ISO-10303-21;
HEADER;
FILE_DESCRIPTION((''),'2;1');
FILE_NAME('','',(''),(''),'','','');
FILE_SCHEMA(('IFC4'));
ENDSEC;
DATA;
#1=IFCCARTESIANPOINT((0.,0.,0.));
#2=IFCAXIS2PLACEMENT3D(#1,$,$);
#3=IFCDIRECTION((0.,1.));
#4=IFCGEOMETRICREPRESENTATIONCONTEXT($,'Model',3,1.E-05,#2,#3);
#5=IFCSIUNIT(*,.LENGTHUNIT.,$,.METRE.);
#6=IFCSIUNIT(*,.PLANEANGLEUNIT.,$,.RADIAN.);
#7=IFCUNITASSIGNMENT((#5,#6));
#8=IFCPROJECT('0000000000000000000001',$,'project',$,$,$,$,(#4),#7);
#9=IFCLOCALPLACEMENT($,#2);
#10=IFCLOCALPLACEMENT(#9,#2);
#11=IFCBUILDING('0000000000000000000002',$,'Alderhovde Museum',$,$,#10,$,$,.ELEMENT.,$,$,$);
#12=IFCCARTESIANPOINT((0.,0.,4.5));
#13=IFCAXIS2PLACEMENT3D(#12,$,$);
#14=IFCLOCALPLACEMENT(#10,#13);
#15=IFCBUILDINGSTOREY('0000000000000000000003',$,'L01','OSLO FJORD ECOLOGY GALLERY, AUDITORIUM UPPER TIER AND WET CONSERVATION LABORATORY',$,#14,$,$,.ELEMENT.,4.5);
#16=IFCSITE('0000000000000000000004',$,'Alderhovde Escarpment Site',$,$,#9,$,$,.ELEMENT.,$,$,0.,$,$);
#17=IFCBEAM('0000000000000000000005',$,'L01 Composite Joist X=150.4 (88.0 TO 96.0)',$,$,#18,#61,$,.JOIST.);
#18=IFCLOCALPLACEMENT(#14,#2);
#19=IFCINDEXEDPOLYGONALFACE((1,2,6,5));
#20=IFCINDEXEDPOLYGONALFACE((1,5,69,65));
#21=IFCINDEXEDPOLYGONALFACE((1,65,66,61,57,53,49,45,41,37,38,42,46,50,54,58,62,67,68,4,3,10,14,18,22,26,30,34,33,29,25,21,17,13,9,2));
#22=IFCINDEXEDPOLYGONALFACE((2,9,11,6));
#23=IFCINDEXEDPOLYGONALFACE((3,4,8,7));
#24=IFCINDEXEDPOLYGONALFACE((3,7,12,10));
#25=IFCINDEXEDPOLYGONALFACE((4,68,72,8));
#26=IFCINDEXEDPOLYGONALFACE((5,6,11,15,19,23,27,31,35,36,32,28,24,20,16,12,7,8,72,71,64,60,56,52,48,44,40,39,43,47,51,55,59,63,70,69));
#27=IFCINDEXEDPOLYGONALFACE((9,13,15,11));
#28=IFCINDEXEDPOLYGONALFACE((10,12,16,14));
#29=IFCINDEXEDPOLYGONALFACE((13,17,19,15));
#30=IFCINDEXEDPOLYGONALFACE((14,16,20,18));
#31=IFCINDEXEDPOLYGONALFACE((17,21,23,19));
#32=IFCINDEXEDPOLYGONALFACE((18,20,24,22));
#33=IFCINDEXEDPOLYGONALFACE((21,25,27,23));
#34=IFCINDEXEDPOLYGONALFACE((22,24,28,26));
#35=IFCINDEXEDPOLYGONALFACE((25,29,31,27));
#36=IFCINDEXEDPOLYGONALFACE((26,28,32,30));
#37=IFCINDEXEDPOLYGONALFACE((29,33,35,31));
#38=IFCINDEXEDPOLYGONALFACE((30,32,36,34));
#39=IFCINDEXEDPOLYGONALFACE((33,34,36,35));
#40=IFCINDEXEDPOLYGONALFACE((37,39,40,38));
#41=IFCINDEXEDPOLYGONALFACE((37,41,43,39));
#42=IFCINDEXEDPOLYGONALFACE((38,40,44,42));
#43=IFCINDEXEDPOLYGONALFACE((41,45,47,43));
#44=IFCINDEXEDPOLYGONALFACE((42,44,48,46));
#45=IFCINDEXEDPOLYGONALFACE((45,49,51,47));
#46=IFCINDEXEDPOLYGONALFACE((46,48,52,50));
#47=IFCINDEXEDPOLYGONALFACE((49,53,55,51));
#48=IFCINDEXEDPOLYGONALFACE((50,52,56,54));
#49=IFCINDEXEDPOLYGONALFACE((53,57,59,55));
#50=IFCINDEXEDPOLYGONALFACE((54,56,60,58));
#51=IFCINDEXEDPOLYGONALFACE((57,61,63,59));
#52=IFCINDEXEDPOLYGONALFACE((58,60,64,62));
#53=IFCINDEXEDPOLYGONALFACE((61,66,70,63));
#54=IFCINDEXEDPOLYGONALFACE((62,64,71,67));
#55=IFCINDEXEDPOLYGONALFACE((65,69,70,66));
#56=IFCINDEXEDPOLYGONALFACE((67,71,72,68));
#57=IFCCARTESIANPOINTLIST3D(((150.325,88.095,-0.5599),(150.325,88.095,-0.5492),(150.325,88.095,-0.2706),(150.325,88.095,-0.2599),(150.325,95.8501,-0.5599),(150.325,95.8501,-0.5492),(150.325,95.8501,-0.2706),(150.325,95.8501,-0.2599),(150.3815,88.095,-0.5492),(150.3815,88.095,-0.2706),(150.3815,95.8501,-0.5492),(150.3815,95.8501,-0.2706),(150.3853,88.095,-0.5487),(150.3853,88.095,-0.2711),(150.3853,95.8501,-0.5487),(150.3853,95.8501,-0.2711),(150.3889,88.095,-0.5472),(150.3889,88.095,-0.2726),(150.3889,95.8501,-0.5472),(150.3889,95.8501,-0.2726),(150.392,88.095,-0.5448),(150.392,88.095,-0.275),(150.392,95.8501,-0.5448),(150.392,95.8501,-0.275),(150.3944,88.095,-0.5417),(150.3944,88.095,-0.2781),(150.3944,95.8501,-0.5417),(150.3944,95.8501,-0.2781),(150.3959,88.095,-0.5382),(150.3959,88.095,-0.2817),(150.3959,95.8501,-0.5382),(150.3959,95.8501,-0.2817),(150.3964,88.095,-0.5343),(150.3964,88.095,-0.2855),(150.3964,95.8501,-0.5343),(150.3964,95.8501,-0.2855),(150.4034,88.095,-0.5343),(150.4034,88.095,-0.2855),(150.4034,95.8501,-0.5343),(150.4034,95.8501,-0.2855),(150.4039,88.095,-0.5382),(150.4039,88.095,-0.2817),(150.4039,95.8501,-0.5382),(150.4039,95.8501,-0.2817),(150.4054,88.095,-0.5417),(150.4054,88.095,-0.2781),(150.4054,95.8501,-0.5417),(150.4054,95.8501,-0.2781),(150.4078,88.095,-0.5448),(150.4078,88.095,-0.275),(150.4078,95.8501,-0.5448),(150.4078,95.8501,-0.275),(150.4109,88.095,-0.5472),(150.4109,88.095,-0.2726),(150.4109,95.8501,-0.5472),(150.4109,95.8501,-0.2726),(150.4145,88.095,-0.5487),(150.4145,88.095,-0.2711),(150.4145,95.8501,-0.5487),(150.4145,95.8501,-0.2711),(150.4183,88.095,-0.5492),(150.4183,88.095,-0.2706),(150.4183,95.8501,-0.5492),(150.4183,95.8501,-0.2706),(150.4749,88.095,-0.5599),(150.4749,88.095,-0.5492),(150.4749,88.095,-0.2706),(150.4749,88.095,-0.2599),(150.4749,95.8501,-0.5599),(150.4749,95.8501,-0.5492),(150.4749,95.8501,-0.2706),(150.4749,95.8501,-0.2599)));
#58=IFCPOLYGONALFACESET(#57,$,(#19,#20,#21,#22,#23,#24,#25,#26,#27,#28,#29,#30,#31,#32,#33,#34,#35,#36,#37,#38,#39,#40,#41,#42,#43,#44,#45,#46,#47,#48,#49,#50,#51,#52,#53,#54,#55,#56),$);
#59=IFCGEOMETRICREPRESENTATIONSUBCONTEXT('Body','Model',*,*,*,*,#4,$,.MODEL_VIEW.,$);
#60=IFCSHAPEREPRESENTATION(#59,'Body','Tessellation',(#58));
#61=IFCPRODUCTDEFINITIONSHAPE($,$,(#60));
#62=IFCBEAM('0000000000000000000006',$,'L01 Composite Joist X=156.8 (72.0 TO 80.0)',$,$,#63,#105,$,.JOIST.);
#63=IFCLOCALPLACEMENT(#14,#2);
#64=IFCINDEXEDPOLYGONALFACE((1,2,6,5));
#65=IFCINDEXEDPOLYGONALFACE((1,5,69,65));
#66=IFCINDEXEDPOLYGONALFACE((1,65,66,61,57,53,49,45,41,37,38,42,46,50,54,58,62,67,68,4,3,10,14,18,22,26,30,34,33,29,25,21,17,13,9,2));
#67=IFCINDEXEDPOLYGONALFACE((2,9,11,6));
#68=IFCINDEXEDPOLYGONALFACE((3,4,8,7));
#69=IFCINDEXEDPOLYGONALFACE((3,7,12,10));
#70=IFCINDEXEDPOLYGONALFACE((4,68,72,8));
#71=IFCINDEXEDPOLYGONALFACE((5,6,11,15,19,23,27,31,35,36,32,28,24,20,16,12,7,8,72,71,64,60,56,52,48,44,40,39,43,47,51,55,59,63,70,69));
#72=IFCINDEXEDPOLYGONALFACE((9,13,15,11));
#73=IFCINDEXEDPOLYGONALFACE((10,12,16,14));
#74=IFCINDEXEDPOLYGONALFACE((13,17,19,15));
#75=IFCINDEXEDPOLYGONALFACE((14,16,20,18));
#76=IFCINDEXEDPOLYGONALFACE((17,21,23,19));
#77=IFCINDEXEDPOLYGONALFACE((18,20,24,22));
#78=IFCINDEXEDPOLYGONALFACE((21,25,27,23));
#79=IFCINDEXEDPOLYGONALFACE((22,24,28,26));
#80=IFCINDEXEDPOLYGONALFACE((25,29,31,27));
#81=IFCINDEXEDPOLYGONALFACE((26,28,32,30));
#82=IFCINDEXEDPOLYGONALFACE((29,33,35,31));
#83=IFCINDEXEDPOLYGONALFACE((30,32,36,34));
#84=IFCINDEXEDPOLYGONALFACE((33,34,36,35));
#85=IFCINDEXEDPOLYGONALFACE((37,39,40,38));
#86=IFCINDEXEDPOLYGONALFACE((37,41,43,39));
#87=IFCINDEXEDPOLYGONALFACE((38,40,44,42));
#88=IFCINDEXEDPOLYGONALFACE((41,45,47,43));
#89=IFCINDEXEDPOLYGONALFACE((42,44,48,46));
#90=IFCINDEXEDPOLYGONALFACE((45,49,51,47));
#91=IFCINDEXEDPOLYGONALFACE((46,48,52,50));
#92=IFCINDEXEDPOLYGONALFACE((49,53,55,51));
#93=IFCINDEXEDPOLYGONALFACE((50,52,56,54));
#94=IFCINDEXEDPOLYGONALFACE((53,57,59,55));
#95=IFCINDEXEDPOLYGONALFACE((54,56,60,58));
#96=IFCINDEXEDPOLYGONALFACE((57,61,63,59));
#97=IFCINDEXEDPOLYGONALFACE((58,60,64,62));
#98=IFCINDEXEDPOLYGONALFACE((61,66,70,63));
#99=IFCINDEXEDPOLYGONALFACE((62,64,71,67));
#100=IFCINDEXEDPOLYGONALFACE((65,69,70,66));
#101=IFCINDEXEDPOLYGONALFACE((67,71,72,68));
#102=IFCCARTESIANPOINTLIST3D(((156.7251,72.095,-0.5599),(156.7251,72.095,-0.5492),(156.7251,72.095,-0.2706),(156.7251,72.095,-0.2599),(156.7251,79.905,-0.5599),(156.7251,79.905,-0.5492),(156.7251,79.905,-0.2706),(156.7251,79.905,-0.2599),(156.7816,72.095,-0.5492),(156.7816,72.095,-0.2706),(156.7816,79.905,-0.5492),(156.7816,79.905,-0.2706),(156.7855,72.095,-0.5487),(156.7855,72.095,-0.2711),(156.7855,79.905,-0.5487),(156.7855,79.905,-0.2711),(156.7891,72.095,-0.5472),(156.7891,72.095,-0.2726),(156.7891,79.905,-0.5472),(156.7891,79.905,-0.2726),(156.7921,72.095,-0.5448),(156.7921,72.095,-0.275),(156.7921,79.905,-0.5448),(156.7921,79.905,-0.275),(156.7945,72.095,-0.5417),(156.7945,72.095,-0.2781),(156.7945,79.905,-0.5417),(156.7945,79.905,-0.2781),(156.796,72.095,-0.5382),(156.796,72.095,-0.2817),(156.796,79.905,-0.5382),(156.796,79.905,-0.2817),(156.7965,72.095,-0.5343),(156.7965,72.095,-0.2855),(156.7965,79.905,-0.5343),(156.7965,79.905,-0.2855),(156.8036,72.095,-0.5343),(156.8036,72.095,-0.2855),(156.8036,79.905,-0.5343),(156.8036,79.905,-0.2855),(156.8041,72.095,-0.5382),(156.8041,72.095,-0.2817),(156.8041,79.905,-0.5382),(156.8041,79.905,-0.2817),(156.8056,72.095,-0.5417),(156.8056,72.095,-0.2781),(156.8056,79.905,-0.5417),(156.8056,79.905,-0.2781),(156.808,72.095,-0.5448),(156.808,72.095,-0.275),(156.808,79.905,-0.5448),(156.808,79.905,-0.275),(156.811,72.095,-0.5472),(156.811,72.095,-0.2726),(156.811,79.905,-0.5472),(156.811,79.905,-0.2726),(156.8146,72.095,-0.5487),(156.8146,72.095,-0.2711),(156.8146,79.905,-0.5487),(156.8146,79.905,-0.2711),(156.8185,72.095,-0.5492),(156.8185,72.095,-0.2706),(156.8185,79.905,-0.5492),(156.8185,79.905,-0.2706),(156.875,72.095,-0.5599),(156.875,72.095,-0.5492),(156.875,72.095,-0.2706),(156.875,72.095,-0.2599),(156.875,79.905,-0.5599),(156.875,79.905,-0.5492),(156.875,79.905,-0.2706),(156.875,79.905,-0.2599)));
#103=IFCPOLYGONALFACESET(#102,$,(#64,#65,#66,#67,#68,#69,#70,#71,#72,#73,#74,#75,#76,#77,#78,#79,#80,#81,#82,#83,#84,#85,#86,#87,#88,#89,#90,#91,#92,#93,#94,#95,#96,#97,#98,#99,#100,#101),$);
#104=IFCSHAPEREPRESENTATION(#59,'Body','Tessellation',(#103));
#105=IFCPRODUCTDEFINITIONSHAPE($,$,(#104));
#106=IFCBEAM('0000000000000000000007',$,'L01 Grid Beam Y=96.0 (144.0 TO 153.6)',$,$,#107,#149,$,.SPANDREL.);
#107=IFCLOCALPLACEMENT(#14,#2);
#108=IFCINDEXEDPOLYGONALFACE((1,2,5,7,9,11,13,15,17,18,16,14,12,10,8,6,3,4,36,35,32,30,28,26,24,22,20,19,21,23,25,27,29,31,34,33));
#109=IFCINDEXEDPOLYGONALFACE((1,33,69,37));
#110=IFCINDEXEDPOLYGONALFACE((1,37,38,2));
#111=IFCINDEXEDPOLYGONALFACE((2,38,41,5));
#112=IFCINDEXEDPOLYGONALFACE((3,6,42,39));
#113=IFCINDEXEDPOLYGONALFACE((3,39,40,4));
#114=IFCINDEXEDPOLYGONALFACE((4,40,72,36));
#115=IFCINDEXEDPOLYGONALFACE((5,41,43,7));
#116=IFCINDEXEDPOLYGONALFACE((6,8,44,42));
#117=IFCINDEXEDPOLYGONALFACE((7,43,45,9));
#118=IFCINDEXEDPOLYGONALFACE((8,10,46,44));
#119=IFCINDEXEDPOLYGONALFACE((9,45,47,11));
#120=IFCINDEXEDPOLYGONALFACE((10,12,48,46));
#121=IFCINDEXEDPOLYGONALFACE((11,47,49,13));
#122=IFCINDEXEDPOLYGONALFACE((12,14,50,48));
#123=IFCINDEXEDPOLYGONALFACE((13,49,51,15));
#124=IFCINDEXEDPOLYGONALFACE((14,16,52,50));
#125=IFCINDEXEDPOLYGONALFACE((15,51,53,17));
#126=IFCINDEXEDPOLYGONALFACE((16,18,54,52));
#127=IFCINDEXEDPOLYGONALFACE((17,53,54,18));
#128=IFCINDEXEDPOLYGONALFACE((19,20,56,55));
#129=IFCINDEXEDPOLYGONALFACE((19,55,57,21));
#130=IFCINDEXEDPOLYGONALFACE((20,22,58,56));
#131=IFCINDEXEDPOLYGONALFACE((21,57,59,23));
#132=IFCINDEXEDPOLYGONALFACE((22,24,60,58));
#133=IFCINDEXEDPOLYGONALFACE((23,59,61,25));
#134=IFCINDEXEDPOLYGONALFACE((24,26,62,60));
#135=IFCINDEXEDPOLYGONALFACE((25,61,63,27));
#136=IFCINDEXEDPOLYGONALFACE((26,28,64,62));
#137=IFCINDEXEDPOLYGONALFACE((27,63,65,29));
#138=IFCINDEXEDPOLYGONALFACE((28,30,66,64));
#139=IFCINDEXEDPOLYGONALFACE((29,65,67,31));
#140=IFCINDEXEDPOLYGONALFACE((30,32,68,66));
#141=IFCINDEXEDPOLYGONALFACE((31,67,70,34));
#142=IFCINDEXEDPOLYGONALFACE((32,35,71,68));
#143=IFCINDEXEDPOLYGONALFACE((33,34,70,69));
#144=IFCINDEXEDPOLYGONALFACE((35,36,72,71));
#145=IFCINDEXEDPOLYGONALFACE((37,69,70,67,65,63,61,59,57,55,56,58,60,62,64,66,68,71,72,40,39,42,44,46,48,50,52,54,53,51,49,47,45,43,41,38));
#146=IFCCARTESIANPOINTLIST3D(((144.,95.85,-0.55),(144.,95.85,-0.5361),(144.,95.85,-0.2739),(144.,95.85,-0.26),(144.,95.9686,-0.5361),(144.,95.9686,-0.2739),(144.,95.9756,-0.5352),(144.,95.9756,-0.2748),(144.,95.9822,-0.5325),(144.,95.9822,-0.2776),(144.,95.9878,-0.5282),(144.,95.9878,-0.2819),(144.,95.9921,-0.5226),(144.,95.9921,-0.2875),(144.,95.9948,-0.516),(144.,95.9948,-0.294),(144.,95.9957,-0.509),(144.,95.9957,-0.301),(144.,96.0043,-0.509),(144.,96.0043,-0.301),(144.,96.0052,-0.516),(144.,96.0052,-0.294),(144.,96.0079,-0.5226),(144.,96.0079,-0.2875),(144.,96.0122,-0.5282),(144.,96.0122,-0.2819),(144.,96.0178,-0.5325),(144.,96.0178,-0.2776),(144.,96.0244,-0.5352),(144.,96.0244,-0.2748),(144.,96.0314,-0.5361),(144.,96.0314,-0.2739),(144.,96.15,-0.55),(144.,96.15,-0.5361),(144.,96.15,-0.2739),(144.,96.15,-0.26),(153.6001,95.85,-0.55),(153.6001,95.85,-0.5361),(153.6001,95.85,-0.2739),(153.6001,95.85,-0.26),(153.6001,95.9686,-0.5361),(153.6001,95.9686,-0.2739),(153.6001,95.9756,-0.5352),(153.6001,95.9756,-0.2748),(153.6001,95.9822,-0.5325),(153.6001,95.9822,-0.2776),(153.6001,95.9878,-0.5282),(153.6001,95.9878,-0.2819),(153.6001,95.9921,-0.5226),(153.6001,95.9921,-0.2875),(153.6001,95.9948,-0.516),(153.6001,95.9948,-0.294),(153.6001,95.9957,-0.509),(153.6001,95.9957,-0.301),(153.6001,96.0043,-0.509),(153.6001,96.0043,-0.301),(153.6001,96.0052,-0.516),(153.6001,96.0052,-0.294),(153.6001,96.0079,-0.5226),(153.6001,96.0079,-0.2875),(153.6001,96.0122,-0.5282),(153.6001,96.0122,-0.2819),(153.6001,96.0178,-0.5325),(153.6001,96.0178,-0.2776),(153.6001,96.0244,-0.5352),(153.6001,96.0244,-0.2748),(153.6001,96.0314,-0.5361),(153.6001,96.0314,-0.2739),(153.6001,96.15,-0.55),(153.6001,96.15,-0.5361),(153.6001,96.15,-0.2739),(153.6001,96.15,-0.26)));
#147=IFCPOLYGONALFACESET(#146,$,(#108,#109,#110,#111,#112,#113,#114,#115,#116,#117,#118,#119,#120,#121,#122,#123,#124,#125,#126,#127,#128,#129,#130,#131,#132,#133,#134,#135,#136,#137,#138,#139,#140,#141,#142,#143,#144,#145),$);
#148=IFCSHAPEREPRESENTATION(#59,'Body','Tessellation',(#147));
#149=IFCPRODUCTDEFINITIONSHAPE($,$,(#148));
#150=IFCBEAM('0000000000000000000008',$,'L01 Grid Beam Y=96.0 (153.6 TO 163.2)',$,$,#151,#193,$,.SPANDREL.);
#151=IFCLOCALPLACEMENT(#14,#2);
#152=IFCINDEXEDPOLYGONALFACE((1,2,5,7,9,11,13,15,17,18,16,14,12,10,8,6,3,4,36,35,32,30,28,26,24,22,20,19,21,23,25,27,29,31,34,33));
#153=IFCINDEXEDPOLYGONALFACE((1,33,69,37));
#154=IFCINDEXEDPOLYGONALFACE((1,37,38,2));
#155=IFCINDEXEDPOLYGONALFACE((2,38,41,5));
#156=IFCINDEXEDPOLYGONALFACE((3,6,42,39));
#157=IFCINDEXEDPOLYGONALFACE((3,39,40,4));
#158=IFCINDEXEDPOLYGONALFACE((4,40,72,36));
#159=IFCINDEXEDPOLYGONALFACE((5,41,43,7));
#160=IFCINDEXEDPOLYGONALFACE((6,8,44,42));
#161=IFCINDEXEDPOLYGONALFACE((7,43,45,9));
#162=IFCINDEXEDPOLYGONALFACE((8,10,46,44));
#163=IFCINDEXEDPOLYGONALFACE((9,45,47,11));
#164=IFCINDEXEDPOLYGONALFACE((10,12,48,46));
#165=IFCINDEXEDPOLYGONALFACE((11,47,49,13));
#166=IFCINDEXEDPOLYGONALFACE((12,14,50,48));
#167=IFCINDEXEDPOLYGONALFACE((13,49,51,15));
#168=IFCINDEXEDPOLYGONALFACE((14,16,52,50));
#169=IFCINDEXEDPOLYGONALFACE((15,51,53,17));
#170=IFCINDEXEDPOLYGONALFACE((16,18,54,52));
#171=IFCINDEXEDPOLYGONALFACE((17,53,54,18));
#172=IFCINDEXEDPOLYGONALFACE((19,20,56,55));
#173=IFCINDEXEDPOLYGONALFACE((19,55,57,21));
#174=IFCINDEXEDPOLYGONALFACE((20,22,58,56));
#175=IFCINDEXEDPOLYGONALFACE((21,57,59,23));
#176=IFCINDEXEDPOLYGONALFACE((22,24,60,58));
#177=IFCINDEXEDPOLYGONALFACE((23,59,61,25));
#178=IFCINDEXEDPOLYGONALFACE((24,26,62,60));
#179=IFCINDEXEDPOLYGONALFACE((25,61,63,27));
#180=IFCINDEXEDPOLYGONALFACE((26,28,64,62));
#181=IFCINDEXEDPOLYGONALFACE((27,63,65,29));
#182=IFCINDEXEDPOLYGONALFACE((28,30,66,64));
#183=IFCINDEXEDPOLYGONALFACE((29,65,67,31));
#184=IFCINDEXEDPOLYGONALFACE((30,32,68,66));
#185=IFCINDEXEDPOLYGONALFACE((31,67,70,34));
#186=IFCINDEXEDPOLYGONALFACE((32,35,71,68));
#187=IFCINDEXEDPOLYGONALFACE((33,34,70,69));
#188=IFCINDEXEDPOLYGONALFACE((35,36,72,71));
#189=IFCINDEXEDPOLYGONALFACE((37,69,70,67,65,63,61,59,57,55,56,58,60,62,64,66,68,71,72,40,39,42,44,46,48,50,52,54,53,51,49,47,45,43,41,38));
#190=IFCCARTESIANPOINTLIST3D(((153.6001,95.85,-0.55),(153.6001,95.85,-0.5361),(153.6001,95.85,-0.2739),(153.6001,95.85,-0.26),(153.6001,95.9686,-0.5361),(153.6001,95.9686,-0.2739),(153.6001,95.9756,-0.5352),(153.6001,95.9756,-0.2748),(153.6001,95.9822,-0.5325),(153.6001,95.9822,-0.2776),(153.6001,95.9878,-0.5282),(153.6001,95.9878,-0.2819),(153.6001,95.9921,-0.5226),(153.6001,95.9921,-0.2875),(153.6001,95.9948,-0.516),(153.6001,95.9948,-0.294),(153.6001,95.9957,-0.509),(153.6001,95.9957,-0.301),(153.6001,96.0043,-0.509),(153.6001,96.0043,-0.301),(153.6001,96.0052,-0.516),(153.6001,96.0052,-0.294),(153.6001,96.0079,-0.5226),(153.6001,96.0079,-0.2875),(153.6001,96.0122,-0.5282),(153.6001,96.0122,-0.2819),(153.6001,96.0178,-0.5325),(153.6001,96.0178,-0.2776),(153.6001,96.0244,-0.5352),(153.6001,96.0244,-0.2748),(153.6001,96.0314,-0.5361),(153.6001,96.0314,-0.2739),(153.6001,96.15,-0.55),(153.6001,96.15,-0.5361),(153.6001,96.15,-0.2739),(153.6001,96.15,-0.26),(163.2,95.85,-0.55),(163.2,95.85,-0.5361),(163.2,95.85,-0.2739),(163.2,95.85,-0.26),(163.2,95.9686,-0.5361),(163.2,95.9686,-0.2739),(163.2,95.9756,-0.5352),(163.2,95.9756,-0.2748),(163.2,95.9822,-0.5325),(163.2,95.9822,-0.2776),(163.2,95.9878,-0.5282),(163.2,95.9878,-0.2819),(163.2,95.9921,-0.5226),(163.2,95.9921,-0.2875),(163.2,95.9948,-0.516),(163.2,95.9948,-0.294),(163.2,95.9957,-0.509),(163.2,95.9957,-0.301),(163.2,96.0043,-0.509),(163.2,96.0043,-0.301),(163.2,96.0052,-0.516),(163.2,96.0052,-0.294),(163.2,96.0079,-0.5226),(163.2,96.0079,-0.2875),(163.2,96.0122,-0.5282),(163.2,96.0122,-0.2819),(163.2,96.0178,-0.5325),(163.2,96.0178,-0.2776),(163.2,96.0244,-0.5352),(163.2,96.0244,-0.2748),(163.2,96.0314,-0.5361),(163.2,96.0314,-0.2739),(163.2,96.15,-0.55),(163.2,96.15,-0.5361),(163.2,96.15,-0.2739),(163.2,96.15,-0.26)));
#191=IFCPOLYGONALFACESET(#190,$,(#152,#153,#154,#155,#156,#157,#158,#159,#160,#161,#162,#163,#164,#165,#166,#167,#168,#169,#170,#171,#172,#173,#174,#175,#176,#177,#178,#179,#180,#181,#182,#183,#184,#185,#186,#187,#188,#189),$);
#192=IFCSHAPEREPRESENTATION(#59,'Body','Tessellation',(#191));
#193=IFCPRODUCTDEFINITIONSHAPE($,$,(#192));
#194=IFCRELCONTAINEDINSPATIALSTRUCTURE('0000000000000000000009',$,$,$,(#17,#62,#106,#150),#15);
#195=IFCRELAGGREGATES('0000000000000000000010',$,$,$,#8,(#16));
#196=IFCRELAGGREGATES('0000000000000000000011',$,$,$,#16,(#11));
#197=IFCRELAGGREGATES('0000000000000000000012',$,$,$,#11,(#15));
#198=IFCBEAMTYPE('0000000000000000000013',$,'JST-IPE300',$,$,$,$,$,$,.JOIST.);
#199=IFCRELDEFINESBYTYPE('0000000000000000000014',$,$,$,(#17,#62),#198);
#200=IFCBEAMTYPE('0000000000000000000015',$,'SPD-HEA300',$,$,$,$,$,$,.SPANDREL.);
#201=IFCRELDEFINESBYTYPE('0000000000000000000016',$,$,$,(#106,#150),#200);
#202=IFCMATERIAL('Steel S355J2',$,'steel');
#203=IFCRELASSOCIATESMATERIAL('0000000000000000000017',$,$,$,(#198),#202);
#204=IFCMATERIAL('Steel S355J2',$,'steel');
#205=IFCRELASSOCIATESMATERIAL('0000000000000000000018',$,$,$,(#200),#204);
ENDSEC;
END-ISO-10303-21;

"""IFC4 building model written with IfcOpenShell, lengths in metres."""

from ifc_helpers import new_model, si_unit, direction, frame, origin, origin_2d, place, context, subcontext, project, spatial, i_section, extrude, material, material_profile, profile_set, type_object, element, save


model = new_model("IFC4")

# Units and contexts
model_context = context("Model", 3, precision=1e-05, world=origin(), true_north=direction((0.0, 1.0)))
body_context = subcontext(model_context, "Body", "Model", "MODEL_VIEW")
ifc_project = project(units=[si_unit("LENGTHUNIT", "METRE"), si_unit("PLANEANGLEUNIT", "RADIAN")], contexts=[model_context])

# Site, building, storey
site_placement = place(None, origin())
site = spatial("IfcSite", under=ifc_project, at=site_placement, Name="Alderhovde Escarpment Site", CompositionType="ELEMENT", RefElevation=0.0)
building_placement = place(site_placement, origin())
building = spatial("IfcBuilding", under=site, at=building_placement, Name="Alderhovde Museum", CompositionType="ELEMENT")
storey_placement = place(building_placement, frame((0.0, 0.0, 4.5)))
storey = spatial("IfcBuildingStorey", under=building, at=storey_placement, Name="L01", Description="OSLO FJORD ECOLOGY GALLERY, AUDITORIUM UPPER TIER AND WET CONSERVATION LABORATORY", CompositionType="ELEMENT", Elevation=4.5)

# Beams
ifc_material_1 = material(Name="Steel S355J2", Category="steel")
ifc_material_profile_1 = material_profile(ifc_material_1, i_section(OverallWidth=0.1499, OverallDepth=0.3, WebThickness=0.0071, FlangeThickness=0.0107, FilletRadius=0.0149, at=origin_2d()), Name="IPE 300")
ifc_profile_set_1 = profile_set([ifc_material_profile_1], Name="Steel S355J2")
beam_type_1 = type_object("IfcBeamType", Name="JST-IPE300", PredefinedType="JOIST", material=ifc_profile_set_1)
for number, where, z_axis, x_axis, name in (
    (1, (150.3999, 88.095, -0.4099), (0.0, 1.0, 0.0), (-1.0, 0.0, 0.0), "L01 Composite Joist X=150.4 (88.0 TO 96.0)"),
):
    element("IfcBeam", number, at=place(storey_placement, frame(where, z_axis=z_axis, x_axis=x_axis)), inside=storey, type_object=beam_type_1, Name=name, PredefinedType="JOIST", context=body_context, shape_type="SweptSolid", body=[
        extrude(i_section(OverallWidth=0.1499, OverallDepth=0.3, WebThickness=0.0071, FlangeThickness=0.0107, FilletRadius=0.0149, at=origin_2d()), origin(), (0.0, 0.0, 1.0), 7.7551),
    ])
beam_1_placement = place(storey_placement, frame((156.8, 72.095, -0.4099), z_axis=(0.0, 1.0, 0.0), x_axis=(-1.0, 0.0, 0.0)))
element("IfcBeam", 2, at=beam_1_placement, inside=storey, type_object=beam_type_1, Name="L01 Composite Joist X=156.8 (72.0 TO 80.0)", PredefinedType="JOIST", context=body_context, shape_type="SweptSolid", body=[
    extrude(i_section(OverallWidth=0.1499, OverallDepth=0.3, WebThickness=0.0071, FlangeThickness=0.0107, FilletRadius=0.0149, at=origin_2d()), origin(), (0.0, 0.0, 1.0), 7.8101),
])
ifc_material_2 = material(Name="Steel S355J2", Category="steel")
ifc_material_profile_2 = material_profile(ifc_material_2, i_section(OverallWidth=0.3, OverallDepth=0.29, WebThickness=0.0085, FlangeThickness=0.0139, FilletRadius=0.0271, at=origin_2d()), Name="HEA 300")
ifc_profile_set_2 = profile_set([ifc_material_profile_2], Name="Steel S355J2")
beam_type_2 = type_object("IfcBeamType", Name="SPD-HEA300", PredefinedType="SPANDREL", material=ifc_profile_set_2)
beam_2_placement = place(storey_placement, frame((144.0, 96.0, -0.405), z_axis=(1.0, 0.0, 0.0), x_axis=(0.0, 1.0, 0.0)))
element("IfcBeam", 3, at=beam_2_placement, inside=storey, type_object=beam_type_2, Name="L01 Grid Beam Y=96.0 (144.0 TO 153.6)", PredefinedType="SPANDREL", context=body_context, shape_type="SweptSolid", body=[
    extrude(i_section(OverallWidth=0.3, OverallDepth=0.29, WebThickness=0.0085, FlangeThickness=0.0139, FilletRadius=0.0271, at=origin_2d()), origin(), (0.0, 0.0, 1.0), 9.6001),
])
beam_3_placement = place(storey_placement, frame((153.6001, 96.0, -0.405), z_axis=(1.0, 0.0, 0.0), x_axis=(0.0, 1.0, 0.0)))
element("IfcBeam", 4, at=beam_3_placement, inside=storey, type_object=beam_type_2, Name="L01 Grid Beam Y=96.0 (153.6 TO 163.2)", PredefinedType="SPANDREL", context=body_context, shape_type="SweptSolid", body=[
    extrude(i_section(OverallWidth=0.3, OverallDepth=0.29, WebThickness=0.0085, FlangeThickness=0.0139, FilletRadius=0.0271, at=origin_2d()), origin(), (0.0, 0.0, 1.0), 9.5999),
])

save(model, "model.ifc")
